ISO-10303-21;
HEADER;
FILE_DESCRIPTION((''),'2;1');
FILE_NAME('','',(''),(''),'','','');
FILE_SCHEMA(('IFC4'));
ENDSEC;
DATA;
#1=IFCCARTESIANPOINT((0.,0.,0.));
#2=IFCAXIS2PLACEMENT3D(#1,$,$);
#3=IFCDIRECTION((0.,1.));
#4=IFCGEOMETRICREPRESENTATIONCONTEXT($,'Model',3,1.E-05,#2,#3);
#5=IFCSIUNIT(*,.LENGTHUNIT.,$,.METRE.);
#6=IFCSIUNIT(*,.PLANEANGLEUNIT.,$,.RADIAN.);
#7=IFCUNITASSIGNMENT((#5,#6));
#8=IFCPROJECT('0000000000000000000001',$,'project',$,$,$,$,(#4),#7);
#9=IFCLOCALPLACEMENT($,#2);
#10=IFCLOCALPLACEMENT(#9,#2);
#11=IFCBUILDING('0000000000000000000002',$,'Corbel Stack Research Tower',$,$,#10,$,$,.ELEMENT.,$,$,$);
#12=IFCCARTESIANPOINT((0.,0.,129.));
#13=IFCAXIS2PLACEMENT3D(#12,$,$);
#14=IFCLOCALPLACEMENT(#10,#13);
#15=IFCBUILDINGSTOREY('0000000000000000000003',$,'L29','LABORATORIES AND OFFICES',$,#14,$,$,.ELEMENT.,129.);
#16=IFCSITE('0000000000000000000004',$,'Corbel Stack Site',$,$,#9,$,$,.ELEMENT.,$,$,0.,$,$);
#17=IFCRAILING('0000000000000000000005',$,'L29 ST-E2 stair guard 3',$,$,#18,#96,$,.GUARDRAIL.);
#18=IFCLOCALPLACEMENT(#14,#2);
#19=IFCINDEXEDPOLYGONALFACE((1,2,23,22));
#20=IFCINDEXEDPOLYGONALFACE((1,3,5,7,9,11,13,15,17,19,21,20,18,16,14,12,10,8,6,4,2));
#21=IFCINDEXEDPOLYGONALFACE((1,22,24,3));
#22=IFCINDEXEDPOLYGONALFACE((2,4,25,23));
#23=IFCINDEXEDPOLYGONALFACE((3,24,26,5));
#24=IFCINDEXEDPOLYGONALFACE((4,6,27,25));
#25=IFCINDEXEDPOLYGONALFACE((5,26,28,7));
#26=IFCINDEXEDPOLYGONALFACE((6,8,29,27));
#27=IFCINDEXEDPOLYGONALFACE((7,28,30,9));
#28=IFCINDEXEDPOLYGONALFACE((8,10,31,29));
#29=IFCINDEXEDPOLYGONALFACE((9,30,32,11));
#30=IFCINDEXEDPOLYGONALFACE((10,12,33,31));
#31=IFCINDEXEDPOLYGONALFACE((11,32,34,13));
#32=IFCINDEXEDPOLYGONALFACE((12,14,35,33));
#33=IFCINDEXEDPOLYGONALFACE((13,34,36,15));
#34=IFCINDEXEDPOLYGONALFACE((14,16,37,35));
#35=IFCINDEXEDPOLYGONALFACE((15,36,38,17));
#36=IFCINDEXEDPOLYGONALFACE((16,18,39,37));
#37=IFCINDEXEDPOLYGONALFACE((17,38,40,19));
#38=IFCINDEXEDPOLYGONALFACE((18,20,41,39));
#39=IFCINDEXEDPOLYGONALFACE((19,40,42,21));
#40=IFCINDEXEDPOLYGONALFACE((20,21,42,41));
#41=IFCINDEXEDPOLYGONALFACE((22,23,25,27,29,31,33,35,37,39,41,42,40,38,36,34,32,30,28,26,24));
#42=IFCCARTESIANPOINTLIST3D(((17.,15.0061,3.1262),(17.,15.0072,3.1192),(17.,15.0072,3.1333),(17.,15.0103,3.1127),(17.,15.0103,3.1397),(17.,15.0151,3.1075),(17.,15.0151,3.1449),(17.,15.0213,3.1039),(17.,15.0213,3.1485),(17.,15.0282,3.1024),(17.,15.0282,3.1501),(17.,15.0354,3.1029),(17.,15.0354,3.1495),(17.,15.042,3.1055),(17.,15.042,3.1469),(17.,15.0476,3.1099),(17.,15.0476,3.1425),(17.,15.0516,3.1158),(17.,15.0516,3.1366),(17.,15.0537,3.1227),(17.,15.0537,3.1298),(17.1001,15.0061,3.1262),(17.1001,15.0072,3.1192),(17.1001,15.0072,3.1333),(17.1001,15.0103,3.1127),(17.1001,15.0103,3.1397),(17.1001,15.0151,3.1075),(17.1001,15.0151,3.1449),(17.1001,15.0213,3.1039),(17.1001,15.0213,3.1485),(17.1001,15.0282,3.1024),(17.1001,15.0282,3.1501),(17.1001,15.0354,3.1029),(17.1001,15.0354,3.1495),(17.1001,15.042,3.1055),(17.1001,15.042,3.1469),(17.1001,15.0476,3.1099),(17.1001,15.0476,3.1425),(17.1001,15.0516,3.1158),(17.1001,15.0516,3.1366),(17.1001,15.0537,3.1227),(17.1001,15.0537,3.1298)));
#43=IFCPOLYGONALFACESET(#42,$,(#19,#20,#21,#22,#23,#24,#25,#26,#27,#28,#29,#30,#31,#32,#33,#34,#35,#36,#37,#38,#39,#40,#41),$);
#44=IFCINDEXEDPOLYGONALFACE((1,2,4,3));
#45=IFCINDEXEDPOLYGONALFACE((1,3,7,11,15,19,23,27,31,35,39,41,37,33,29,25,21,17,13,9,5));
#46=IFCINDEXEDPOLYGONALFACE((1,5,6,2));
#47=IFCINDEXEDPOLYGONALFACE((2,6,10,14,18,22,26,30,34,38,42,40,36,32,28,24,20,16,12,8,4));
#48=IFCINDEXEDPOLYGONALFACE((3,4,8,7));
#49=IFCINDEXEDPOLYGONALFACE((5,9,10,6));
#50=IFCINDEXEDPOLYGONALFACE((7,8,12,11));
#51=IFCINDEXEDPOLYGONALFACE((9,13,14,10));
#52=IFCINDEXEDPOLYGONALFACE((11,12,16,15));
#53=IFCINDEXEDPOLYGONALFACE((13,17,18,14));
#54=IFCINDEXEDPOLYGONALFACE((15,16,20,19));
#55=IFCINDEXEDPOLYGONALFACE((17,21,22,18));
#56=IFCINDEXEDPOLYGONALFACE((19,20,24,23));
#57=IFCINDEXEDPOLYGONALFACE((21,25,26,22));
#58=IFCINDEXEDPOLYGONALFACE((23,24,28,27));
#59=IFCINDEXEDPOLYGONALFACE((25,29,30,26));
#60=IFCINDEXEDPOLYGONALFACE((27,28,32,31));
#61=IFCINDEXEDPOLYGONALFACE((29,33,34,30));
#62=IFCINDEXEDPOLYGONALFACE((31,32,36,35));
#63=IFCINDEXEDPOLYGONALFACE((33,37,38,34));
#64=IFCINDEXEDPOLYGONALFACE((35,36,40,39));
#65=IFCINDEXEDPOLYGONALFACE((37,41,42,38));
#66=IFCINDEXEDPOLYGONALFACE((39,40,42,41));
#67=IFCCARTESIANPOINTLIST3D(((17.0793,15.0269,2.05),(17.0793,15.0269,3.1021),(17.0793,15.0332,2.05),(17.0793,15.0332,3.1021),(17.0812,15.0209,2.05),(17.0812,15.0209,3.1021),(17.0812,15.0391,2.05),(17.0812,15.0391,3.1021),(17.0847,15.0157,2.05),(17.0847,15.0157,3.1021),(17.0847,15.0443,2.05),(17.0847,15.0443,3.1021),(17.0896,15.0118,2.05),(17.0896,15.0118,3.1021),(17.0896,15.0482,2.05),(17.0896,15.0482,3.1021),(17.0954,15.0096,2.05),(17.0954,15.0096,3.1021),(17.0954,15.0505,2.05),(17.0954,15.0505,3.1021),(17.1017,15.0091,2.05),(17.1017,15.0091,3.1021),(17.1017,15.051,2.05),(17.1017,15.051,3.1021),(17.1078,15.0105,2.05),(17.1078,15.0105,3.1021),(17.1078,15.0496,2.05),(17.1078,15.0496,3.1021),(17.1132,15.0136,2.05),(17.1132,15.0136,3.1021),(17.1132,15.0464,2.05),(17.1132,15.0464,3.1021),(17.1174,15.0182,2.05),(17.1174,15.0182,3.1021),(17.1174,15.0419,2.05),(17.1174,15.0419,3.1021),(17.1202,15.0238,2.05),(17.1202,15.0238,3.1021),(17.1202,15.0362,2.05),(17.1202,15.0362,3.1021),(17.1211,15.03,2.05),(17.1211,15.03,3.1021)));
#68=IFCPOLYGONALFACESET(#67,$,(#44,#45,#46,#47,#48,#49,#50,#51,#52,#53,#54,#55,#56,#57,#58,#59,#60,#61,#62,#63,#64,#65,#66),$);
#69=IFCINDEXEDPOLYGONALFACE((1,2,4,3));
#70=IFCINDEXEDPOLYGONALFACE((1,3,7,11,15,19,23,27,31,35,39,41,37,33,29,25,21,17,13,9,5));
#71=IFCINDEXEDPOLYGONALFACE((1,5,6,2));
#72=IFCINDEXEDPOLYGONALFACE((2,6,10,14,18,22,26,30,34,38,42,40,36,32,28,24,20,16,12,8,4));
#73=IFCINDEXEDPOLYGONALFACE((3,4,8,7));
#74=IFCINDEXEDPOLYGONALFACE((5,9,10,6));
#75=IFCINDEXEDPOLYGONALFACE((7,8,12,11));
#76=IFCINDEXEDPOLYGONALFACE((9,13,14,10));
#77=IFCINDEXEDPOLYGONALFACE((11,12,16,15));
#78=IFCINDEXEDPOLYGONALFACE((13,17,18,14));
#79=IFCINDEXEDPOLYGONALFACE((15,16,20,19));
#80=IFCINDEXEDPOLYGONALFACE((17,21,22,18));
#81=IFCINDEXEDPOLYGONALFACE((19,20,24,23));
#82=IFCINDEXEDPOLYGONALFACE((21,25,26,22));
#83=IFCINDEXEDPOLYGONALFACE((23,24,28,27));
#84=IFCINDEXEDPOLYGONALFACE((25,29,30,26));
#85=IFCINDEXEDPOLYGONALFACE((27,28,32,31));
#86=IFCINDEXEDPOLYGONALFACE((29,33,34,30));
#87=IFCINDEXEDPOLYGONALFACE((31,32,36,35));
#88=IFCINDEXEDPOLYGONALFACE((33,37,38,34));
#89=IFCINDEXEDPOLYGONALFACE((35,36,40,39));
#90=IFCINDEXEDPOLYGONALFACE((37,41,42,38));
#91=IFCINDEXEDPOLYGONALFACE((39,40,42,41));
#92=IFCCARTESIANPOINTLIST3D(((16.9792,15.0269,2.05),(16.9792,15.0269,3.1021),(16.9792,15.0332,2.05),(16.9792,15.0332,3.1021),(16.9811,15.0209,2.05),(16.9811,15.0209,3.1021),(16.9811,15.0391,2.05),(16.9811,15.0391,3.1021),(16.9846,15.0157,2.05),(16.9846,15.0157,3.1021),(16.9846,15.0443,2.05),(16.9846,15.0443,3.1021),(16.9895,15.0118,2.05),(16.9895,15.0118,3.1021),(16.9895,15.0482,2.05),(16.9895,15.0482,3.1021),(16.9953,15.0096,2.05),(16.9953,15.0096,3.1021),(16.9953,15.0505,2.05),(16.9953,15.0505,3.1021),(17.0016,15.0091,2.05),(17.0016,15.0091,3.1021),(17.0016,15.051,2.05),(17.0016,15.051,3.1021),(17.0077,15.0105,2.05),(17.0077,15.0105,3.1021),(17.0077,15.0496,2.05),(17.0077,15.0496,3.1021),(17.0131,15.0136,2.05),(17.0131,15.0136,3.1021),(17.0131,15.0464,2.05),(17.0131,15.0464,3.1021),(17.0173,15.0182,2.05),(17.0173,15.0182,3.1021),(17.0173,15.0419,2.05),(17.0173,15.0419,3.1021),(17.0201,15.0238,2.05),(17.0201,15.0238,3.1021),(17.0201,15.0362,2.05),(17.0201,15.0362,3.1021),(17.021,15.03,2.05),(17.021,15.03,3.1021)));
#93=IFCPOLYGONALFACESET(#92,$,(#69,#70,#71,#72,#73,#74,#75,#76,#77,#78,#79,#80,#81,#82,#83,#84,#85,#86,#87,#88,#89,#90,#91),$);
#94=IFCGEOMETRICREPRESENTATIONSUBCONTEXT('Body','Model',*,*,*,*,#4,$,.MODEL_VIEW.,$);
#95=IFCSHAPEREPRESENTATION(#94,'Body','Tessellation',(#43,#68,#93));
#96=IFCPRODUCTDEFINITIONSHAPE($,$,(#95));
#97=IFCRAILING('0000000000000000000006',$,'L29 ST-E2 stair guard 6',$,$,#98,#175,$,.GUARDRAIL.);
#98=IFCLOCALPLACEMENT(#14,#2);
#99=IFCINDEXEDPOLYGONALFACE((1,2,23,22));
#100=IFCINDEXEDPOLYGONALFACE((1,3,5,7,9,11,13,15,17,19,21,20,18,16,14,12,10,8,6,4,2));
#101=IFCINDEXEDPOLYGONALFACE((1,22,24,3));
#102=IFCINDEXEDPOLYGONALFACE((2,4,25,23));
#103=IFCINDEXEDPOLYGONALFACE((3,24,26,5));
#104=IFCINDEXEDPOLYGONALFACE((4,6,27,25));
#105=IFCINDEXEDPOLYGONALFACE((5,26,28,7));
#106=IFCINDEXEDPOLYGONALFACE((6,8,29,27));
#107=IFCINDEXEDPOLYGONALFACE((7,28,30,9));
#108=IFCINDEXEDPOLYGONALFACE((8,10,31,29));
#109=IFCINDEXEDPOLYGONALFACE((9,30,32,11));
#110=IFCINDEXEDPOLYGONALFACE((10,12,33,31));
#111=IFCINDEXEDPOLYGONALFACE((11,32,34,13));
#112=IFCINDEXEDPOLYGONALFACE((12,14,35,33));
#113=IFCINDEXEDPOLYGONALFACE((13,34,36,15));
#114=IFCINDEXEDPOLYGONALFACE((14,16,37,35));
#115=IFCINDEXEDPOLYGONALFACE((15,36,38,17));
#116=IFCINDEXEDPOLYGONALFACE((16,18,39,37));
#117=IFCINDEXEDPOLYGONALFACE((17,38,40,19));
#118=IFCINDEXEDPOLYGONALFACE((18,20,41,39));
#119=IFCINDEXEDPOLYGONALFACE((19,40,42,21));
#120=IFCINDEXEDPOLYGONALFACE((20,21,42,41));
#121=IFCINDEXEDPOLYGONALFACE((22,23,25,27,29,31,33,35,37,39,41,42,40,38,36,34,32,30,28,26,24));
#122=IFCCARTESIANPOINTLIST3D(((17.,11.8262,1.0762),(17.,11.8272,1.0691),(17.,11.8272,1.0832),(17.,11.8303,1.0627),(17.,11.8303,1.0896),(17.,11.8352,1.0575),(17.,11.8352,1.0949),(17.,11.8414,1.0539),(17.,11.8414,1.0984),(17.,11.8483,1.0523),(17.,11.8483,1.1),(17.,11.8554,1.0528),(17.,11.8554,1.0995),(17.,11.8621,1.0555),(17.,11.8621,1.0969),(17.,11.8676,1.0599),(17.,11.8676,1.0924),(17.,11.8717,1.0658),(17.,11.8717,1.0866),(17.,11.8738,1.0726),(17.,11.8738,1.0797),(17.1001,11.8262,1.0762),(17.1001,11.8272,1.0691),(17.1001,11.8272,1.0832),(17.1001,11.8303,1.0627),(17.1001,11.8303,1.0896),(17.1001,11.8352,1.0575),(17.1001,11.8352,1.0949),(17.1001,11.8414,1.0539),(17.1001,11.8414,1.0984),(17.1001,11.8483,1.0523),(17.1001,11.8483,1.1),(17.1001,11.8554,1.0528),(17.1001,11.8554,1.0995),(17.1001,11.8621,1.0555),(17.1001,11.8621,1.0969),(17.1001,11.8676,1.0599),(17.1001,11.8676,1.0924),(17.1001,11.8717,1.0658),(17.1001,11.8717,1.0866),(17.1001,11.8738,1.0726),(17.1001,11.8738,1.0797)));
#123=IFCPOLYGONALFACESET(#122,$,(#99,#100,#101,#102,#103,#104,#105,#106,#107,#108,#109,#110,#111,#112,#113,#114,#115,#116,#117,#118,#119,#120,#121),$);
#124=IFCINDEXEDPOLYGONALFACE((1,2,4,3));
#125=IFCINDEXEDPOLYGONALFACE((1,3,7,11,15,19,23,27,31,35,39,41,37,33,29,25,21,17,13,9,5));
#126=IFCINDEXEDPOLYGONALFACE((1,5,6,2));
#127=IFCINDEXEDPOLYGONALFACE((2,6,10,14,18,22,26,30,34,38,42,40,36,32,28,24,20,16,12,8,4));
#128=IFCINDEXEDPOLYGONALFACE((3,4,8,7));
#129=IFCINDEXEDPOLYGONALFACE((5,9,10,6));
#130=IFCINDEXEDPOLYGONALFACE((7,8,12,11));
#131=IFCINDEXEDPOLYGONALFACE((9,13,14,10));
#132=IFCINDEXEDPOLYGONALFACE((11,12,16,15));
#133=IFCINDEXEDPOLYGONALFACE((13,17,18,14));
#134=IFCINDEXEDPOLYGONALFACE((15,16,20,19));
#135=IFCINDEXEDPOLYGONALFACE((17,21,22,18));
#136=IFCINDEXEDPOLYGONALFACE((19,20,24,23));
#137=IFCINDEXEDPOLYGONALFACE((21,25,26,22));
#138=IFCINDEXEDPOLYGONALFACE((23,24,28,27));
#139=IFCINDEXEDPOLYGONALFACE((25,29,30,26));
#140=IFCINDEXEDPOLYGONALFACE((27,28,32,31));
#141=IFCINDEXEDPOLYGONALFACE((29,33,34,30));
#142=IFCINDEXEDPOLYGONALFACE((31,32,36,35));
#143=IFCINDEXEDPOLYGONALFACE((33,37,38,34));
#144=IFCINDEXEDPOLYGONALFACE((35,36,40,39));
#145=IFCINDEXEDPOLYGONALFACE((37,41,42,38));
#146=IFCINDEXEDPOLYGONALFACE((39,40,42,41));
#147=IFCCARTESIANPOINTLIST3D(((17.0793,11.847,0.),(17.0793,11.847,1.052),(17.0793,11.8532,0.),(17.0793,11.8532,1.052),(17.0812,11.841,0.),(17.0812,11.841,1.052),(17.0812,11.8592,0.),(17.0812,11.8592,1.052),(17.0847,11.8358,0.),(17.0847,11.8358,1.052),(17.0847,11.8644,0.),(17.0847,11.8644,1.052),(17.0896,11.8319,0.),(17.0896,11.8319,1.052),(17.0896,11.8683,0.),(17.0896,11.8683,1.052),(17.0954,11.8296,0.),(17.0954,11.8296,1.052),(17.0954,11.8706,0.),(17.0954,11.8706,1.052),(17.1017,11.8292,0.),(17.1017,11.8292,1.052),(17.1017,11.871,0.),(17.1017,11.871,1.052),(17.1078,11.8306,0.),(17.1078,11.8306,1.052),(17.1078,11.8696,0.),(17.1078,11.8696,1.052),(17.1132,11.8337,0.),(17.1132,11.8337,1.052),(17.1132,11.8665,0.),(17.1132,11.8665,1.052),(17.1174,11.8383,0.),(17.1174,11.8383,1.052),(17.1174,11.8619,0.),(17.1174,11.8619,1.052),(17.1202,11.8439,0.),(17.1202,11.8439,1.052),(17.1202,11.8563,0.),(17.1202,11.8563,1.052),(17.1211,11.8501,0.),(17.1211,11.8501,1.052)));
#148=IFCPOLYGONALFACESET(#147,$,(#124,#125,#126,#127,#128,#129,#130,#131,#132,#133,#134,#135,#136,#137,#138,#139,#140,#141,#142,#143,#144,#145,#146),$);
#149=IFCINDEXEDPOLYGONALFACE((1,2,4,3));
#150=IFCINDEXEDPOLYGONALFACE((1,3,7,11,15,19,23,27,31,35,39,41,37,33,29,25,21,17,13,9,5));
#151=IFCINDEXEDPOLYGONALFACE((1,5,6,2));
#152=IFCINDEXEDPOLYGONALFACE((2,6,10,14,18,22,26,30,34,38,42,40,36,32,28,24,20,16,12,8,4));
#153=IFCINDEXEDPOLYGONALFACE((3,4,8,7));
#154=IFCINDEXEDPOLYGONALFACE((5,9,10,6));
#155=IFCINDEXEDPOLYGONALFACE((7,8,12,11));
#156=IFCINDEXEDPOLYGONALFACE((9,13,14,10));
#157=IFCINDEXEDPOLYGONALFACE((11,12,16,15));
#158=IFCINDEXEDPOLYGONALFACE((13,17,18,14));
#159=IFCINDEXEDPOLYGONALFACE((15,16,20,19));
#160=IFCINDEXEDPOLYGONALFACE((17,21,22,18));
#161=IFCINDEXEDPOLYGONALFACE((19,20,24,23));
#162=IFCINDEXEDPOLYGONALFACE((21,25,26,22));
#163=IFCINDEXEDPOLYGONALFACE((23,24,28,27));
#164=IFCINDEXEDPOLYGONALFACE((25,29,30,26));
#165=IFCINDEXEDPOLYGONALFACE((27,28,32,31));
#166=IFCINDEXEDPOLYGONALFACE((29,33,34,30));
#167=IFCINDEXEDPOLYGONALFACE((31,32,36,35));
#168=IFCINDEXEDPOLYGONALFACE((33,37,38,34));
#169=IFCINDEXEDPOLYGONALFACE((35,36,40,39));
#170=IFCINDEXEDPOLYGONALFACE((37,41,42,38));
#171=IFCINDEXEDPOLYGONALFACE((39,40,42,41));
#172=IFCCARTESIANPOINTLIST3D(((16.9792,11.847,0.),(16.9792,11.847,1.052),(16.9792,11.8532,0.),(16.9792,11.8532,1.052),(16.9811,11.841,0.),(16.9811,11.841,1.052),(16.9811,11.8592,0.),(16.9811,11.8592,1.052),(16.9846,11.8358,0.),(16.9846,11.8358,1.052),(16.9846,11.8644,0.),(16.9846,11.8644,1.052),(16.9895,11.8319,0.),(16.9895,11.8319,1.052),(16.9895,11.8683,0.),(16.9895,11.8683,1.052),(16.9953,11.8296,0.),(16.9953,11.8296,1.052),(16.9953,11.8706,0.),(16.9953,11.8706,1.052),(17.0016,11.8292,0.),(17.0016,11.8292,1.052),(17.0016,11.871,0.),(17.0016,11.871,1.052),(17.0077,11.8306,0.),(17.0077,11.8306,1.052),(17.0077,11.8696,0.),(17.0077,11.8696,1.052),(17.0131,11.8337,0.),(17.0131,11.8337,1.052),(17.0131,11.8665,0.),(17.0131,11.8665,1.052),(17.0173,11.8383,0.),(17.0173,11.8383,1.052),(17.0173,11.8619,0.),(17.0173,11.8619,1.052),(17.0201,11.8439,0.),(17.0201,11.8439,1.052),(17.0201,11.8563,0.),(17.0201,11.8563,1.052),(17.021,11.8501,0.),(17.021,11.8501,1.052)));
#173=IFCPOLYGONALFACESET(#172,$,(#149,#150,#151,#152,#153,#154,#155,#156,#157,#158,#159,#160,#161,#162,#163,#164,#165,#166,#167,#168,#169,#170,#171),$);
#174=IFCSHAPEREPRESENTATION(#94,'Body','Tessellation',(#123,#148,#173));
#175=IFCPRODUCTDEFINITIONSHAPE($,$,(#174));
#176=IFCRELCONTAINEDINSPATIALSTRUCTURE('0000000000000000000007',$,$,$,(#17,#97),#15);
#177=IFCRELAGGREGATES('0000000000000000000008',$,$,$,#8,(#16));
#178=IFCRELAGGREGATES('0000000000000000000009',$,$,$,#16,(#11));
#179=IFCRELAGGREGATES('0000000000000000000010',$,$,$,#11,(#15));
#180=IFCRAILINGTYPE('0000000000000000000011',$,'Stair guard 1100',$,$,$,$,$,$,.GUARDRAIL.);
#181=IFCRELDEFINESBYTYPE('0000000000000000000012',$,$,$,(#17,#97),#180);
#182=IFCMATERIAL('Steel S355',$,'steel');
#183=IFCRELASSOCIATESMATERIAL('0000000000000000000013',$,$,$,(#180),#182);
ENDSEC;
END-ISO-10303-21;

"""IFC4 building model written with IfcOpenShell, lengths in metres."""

from ifc_helpers import new_model, si_unit, direction, frame, origin, origin_2d, place, context, subcontext, project, spatial, circle, extrude, material, type_object, element, save


model = new_model("IFC4")

# Units and contexts
model_context = context("Model", 3, precision=1e-05, world=origin(), true_north=direction((0.0, 1.0)))
body_context = subcontext(model_context, "Body", "Model", "MODEL_VIEW")
ifc_project = project(units=[si_unit("LENGTHUNIT", "METRE"), si_unit("PLANEANGLEUNIT", "RADIAN")], contexts=[model_context])

# Site, building, storey
site_placement = place(None, origin())
site = spatial("IfcSite", under=ifc_project, at=site_placement, Name="Corbel Stack Site", CompositionType="ELEMENT", RefElevation=0.0)
building_placement = place(site_placement, origin())
building = spatial("IfcBuilding", under=site, at=building_placement, Name="Corbel Stack Research Tower", CompositionType="ELEMENT")
storey_placement = place(building_placement, frame((0.0, 0.0, 129.0)))
storey = spatial("IfcBuildingStorey", under=building, at=storey_placement, Name="L29", Description="LABORATORIES AND OFFICES", CompositionType="ELEMENT", Elevation=129.0)

# Railings
ifc_material_1 = material(Name="Steel S355", Category="steel")
railing_type_1 = type_object("IfcRailingType", Name="Stair guard 1100", PredefinedType="GUARDRAIL", material=ifc_material_1)
for number, where, name in (
    (1, (17.1001, 15.03, 2.05), "L29 ST-E2 stair guard 3"),
    (2, (17.1001, 11.8501, 0.0), "L29 ST-E2 stair guard 6"),
):
    element("IfcRailing", number, at=place(storey_placement, frame(where)), inside=storey, type_object=railing_type_1, Name=name, PredefinedType="GUARDRAIL", context=body_context, shape_type="SweptSolid", body=[
        extrude(circle(Radius=0.0239, at=origin_2d()), frame((0.0, 0.0, 1.0762), z_axis=(-1.0, 0.0, 0.0), x_axis=(0.0, -1.0, 0.0)), (0.0, 0.0, 1.0), 0.1001),
        extrude(circle(Radius=0.021, at=origin_2d()), origin(), (0.0, 0.0, 1.0), 1.052),
        extrude(circle(Radius=0.021, at=origin_2d()), frame((-0.1001, 0.0, 0.0)), (0.0, 0.0, 1.0), 1.052),
    ])

save(model, "model.ifc")
